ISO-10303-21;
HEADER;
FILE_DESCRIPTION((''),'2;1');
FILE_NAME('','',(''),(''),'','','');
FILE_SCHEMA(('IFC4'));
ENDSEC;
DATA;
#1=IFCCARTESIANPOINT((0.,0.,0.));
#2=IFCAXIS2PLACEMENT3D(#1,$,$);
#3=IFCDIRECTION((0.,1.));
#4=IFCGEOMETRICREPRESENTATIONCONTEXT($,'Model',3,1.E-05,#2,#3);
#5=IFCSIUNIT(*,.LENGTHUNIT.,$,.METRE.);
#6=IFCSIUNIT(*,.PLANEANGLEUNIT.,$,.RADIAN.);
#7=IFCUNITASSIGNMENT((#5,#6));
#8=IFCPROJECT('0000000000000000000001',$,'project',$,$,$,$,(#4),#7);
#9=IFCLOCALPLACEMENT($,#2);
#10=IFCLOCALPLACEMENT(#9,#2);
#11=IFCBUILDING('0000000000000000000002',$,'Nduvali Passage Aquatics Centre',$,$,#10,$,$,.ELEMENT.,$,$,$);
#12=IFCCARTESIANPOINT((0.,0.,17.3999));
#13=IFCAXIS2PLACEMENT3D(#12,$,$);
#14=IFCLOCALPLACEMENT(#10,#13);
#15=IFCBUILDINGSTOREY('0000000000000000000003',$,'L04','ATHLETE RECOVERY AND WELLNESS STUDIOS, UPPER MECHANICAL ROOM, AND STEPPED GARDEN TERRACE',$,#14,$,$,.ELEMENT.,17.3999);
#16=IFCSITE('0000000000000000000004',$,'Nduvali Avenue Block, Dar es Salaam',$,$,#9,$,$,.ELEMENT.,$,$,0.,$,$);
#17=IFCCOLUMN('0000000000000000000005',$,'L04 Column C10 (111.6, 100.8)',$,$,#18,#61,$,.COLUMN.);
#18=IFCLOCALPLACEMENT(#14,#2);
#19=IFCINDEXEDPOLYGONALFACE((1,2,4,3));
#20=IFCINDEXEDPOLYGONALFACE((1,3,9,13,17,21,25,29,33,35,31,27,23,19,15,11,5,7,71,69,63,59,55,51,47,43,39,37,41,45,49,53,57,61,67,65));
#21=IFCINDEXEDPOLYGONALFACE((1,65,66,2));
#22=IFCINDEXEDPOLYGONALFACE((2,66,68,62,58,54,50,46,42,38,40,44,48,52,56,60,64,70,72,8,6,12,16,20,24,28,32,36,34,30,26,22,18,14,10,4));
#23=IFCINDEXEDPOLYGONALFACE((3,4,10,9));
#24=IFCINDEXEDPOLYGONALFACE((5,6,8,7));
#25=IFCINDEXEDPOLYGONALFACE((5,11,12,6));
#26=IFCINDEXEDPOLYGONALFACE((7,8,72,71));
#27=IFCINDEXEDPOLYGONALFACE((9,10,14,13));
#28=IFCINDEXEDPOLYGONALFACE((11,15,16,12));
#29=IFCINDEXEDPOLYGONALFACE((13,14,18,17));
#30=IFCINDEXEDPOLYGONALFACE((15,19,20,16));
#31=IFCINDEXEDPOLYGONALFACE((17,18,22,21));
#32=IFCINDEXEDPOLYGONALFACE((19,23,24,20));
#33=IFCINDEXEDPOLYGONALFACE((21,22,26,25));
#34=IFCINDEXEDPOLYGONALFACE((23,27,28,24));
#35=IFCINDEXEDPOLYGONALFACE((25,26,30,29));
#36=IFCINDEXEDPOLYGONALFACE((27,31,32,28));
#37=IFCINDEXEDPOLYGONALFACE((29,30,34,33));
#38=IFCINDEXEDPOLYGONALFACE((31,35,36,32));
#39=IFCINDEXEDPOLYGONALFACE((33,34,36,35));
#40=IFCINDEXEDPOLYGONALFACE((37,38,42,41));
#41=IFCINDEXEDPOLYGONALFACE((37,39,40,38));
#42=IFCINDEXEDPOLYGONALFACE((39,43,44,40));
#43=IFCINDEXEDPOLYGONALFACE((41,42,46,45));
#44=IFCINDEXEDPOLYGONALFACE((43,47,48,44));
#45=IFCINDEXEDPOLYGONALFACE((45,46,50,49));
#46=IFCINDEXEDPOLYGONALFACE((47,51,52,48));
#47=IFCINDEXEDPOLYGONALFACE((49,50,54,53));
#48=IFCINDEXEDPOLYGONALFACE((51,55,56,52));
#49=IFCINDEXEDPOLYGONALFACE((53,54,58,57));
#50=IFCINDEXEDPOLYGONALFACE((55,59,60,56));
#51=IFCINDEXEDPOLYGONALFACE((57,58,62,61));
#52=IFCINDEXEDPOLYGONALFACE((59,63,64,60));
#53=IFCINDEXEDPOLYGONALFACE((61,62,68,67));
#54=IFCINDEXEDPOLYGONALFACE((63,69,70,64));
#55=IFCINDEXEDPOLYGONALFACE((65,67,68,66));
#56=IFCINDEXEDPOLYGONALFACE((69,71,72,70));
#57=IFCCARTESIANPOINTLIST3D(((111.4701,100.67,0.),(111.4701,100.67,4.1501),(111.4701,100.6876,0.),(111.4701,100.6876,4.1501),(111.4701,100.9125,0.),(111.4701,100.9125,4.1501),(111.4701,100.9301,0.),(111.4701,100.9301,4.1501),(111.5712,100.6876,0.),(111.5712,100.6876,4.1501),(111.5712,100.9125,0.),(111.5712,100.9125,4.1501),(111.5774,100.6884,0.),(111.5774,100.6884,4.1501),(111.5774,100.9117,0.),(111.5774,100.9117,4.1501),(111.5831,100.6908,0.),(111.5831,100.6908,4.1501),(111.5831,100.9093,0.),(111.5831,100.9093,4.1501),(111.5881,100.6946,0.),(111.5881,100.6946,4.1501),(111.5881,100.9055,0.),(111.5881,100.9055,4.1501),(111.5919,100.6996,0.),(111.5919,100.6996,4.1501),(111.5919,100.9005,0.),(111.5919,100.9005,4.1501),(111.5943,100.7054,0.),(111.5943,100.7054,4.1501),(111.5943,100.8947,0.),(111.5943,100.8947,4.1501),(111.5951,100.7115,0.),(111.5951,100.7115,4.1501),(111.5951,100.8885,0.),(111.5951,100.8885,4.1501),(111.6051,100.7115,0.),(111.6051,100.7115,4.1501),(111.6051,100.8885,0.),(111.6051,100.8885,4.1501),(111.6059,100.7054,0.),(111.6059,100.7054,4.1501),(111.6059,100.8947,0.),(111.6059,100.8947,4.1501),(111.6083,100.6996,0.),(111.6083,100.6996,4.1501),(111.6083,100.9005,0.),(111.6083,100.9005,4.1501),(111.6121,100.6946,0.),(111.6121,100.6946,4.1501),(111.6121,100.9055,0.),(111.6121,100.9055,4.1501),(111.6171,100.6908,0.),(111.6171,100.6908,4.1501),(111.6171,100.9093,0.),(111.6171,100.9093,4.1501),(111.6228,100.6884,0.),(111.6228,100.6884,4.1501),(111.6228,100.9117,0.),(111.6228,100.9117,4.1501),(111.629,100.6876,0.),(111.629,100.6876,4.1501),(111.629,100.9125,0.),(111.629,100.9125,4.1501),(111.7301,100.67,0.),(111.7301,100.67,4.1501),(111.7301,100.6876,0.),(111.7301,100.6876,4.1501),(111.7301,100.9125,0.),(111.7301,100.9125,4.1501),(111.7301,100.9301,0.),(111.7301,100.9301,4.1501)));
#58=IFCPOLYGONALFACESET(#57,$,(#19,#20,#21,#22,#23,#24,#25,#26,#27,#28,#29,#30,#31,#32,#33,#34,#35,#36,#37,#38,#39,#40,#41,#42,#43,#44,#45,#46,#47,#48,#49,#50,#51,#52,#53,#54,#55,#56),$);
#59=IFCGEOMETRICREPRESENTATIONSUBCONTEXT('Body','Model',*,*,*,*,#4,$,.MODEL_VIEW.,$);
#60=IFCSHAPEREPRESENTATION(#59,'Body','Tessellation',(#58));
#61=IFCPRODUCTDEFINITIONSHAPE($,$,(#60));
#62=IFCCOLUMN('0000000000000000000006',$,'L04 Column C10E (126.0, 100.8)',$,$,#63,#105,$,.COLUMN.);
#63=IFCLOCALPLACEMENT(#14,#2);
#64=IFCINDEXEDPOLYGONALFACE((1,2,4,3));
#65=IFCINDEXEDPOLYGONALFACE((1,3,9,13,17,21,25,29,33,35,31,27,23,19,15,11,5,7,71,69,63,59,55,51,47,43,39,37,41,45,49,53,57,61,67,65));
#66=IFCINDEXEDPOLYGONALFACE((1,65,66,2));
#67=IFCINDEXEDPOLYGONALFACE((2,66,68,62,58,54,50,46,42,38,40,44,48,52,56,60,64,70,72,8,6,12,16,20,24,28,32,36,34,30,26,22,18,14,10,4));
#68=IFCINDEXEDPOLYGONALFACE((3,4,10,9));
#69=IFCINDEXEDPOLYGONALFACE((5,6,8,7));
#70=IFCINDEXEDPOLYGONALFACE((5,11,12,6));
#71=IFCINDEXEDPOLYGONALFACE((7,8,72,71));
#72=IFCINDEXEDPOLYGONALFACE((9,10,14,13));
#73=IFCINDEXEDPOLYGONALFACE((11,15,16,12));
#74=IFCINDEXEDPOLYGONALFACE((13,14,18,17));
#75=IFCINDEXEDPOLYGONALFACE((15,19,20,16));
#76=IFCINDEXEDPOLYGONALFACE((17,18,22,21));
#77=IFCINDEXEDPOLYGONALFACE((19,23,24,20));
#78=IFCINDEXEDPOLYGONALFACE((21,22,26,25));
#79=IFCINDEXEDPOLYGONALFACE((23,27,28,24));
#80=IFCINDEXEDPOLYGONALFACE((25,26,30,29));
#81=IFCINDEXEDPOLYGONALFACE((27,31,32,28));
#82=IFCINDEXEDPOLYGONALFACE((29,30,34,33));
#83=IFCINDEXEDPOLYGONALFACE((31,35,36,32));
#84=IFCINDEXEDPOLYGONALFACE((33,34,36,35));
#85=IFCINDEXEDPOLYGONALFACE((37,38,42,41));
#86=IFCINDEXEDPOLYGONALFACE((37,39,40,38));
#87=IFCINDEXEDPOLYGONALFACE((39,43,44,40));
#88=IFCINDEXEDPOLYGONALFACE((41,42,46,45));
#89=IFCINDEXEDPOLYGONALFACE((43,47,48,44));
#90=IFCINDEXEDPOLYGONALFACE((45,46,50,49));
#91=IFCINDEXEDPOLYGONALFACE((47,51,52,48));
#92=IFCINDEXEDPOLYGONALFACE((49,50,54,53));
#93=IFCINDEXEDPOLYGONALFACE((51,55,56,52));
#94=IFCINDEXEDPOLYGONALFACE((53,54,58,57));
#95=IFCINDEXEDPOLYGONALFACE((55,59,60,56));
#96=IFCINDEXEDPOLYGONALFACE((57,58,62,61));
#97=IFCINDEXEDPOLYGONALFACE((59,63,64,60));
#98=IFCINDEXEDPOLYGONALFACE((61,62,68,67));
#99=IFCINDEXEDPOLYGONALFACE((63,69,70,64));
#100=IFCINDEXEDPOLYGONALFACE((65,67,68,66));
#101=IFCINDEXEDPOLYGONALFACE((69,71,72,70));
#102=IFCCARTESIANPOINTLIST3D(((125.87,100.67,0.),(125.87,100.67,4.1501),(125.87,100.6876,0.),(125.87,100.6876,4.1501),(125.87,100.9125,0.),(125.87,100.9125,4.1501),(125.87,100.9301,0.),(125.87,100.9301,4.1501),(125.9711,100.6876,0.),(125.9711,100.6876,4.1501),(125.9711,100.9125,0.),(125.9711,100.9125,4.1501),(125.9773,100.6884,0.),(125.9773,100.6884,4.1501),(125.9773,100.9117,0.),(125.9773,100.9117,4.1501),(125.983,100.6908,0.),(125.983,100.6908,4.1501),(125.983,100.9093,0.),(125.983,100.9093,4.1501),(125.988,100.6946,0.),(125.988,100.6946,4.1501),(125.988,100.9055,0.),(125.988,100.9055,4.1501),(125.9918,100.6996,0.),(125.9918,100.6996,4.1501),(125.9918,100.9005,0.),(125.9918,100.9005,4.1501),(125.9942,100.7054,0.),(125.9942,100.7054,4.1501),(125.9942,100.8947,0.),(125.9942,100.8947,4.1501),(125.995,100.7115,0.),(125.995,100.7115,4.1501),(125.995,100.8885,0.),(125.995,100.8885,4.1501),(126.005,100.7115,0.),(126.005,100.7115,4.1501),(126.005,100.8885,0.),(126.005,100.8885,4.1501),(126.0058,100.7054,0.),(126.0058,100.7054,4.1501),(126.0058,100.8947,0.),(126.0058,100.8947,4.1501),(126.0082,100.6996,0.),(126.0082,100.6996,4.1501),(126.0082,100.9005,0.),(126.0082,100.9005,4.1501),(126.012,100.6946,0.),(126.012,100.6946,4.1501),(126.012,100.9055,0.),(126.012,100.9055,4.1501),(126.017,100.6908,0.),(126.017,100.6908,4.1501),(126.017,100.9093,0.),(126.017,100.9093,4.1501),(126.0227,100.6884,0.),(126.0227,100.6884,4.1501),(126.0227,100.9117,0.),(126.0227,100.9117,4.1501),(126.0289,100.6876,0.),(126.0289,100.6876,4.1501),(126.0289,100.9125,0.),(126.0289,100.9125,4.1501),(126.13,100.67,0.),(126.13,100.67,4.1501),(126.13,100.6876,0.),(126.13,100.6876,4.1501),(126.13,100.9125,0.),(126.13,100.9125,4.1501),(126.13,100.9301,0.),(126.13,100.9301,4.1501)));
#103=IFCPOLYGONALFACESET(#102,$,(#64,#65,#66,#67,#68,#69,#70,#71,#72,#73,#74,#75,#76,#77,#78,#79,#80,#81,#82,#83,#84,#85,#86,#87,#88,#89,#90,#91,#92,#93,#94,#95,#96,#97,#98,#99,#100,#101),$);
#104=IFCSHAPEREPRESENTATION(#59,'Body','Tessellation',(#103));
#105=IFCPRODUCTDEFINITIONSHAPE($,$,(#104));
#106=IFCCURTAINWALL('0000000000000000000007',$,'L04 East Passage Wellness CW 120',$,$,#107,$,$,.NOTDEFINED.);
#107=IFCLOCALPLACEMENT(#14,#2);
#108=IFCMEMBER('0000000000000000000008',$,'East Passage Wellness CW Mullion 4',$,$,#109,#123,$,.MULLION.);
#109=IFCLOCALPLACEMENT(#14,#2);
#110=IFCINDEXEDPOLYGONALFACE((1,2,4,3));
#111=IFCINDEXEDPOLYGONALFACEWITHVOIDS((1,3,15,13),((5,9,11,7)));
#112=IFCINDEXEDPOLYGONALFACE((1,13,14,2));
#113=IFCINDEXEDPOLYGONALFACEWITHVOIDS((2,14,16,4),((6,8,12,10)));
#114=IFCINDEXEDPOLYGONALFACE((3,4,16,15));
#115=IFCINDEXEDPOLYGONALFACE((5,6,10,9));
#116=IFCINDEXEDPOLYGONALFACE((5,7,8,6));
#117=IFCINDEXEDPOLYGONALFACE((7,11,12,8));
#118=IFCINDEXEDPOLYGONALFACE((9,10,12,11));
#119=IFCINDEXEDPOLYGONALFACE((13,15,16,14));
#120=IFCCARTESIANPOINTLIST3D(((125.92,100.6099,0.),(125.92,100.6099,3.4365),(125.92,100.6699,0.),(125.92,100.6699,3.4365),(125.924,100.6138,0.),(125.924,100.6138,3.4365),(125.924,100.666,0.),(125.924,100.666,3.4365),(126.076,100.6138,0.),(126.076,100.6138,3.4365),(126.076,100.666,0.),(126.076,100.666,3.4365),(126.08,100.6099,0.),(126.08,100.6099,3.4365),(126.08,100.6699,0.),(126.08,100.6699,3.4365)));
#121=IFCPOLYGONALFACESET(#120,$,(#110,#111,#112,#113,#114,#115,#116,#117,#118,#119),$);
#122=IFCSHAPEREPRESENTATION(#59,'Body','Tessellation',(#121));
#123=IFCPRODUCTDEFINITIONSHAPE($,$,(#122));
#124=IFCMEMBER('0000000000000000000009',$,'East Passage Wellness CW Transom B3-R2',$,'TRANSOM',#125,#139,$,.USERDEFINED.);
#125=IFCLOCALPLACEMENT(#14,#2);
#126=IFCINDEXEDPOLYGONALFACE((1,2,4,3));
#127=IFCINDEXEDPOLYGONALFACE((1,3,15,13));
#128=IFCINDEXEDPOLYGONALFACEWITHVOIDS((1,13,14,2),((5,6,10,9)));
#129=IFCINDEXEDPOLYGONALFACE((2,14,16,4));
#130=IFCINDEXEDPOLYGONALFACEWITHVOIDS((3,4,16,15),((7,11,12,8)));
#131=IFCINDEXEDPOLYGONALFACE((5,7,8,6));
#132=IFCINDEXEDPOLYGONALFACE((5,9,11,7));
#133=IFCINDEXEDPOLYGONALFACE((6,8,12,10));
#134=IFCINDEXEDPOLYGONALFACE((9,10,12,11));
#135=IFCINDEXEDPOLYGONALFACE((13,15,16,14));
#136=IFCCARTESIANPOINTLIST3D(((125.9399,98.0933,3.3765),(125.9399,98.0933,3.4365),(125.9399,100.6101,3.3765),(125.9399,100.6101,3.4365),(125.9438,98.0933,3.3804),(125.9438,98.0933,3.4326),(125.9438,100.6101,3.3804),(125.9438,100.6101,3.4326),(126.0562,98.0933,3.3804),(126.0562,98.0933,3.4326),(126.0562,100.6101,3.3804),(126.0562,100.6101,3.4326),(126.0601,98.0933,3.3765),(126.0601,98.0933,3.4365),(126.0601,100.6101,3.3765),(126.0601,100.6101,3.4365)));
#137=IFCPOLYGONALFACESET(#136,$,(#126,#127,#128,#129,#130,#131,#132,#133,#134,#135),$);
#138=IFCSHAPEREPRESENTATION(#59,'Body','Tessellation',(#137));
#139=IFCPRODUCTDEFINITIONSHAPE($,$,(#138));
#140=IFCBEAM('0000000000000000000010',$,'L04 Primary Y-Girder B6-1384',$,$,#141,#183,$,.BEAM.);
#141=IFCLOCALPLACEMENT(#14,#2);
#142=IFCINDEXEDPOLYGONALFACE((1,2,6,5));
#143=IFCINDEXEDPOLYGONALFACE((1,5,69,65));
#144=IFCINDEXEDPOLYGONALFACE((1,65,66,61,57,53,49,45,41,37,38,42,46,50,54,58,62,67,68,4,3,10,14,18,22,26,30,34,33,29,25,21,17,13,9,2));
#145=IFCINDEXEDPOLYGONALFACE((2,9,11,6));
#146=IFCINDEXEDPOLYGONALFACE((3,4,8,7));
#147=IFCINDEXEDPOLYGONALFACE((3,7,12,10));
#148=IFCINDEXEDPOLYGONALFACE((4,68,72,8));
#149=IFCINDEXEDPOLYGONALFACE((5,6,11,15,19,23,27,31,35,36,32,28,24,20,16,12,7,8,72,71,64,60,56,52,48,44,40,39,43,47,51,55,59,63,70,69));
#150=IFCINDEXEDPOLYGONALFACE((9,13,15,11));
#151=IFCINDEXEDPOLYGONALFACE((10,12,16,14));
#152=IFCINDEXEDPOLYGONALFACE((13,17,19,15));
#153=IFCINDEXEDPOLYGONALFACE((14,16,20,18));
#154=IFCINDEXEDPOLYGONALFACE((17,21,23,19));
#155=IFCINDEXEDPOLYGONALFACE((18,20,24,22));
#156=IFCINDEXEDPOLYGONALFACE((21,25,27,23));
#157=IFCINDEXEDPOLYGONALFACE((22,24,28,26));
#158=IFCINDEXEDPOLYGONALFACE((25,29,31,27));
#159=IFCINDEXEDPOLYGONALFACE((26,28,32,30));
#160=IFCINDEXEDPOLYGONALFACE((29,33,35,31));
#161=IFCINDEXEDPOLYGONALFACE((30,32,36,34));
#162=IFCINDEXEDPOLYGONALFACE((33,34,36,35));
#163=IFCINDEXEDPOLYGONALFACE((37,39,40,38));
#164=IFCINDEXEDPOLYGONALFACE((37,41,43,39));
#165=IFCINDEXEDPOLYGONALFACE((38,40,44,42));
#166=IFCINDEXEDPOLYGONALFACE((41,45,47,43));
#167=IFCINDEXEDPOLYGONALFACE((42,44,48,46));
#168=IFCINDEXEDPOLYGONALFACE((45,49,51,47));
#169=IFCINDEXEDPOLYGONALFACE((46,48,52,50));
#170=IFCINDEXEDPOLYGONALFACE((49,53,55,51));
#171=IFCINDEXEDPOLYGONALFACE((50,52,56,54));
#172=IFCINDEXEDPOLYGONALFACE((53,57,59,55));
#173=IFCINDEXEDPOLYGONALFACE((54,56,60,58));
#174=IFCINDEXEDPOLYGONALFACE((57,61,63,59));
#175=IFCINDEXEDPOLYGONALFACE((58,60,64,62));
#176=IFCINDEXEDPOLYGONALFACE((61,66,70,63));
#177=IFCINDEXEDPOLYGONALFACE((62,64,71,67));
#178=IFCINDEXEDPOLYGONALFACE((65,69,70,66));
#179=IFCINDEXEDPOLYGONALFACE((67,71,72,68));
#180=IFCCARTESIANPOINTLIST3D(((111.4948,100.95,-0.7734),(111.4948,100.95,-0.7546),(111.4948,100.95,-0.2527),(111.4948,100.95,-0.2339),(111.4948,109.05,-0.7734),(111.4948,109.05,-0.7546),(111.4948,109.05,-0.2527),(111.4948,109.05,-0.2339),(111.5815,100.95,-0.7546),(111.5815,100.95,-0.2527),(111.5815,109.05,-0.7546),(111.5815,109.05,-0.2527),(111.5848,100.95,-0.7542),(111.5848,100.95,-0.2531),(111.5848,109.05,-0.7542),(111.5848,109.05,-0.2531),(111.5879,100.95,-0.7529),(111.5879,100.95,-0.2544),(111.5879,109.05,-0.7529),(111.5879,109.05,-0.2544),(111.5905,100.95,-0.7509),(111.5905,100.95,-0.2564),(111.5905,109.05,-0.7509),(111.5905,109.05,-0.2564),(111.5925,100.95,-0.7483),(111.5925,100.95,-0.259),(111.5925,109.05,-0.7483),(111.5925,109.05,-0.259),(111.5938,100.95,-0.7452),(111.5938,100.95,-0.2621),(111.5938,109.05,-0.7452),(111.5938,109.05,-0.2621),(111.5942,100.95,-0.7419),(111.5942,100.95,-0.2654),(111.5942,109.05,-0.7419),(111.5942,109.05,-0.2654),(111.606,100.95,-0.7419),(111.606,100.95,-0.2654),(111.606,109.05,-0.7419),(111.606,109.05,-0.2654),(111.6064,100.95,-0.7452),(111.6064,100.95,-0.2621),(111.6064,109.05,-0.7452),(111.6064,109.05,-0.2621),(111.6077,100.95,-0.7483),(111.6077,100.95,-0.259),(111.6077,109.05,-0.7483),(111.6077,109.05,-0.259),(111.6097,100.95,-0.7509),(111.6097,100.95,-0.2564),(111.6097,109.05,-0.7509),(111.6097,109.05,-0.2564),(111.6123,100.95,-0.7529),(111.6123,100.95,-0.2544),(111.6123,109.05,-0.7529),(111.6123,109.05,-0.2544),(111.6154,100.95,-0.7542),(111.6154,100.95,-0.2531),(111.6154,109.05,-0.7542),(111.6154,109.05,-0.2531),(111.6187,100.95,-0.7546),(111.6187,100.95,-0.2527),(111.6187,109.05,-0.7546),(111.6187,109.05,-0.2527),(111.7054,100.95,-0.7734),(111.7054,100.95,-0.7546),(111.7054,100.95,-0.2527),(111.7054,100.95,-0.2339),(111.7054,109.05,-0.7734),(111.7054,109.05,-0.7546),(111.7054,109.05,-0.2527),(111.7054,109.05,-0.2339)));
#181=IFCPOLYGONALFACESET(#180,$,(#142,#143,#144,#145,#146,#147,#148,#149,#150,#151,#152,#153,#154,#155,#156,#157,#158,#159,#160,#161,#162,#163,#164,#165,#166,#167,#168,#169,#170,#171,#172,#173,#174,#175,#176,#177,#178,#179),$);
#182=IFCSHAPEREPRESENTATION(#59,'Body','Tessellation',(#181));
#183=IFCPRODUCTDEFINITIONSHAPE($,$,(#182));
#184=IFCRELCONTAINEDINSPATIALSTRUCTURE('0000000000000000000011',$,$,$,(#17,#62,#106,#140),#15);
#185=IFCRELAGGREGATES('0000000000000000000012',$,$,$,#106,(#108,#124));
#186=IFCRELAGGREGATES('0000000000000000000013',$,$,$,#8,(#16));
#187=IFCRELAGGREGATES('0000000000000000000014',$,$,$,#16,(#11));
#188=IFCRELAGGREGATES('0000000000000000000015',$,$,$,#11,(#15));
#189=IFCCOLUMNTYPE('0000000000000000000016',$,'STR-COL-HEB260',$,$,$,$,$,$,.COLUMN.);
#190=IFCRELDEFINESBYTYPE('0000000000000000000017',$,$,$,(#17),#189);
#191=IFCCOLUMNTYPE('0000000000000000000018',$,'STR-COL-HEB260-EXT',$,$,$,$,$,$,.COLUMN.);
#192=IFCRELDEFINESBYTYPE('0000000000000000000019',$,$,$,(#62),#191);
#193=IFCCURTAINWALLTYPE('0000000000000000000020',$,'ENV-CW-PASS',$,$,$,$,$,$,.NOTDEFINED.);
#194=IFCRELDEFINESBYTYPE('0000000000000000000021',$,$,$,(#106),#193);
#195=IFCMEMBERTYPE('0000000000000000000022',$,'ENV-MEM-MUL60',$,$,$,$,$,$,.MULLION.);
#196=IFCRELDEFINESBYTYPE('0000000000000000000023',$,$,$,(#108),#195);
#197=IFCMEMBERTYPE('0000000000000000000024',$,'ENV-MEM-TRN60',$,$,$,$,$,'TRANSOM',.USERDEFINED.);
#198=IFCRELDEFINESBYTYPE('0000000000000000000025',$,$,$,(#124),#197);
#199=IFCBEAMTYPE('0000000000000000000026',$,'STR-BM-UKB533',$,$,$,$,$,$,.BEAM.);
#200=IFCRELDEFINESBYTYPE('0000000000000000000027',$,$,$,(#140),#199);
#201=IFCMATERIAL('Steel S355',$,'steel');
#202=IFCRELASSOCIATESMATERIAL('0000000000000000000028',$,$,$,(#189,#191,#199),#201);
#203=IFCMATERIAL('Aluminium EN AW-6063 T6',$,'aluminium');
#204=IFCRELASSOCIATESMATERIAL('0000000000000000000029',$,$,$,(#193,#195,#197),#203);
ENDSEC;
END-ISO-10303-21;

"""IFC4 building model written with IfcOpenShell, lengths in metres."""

from ifc_helpers import new_model, si_unit, direction, frame, origin, origin_2d, place, context, subcontext, project, spatial, hollow_rectangle, i_section, extrude, material, material_profile, profile_set, type_object, element, aggregate, save


model = new_model("IFC4")

# Units and contexts
model_context = context("Model", 3, precision=1e-05, world=origin(), true_north=direction((0.0, 1.0)))
body_context = subcontext(model_context, "Body", "Model", "MODEL_VIEW")
ifc_project = project(units=[si_unit("LENGTHUNIT", "METRE"), si_unit("PLANEANGLEUNIT", "RADIAN")], contexts=[model_context])

# Site, building, storey
site_placement = place(None, origin())
site = spatial("IfcSite", under=ifc_project, at=site_placement, Name="Nduvali Avenue Block, Dar es Salaam", CompositionType="ELEMENT", RefElevation=0.0)
building_placement = place(site_placement, origin())
building = spatial("IfcBuilding", under=site, at=building_placement, Name="Nduvali Passage Aquatics Centre", CompositionType="ELEMENT")
storey_placement = place(building_placement, frame((0.0, 0.0, 17.3999)))
storey = spatial("IfcBuildingStorey", under=building, at=storey_placement, Name="L04", Description="ATHLETE RECOVERY AND WELLNESS STUDIOS, UPPER MECHANICAL ROOM, AND STEPPED GARDEN TERRACE", CompositionType="ELEMENT", Elevation=17.3999)

# Columns
ifc_material_1 = material(Name="Steel S355", Category="steel")
ifc_material_profile_1 = material_profile(ifc_material_1, i_section(OverallWidth=0.26, OverallDepth=0.26, WebThickness=0.01, FlangeThickness=0.0176, FilletRadius=0.0239, at=origin_2d()), Name="HEB 260")
ifc_profile_set_1 = profile_set([ifc_material_profile_1], Name="Steel S355")
column_type_1 = type_object("IfcColumnType", Name="STR-COL-HEB260", PredefinedType="COLUMN", material=ifc_profile_set_1)
column_1_placement = place(storey_placement, frame((111.6001, 100.8, 0.0), z_axis=(0.0, 0.0, 1.0), x_axis=(1.0, 0.0, 0.0)))
element("IfcColumn", 1, at=column_1_placement, inside=storey, type_object=column_type_1, Name="L04 Column C10 (111.6, 100.8)", PredefinedType="COLUMN", context=body_context, shape_type="SweptSolid", body=[
    extrude(i_section(OverallWidth=0.26, OverallDepth=0.26, WebThickness=0.01, FlangeThickness=0.0176, FilletRadius=0.0239, at=origin_2d()), origin(), (0.0, 0.0, 1.0), 4.1501),
])
ifc_material_profile_2 = material_profile(ifc_material_1, i_section(OverallWidth=0.26, OverallDepth=0.26, WebThickness=0.01, FlangeThickness=0.0176, FilletRadius=0.0239, at=origin_2d()), Name="HEB 260")
ifc_profile_set_2 = profile_set([ifc_material_profile_2], Name="Steel S355")
column_type_2 = type_object("IfcColumnType", Name="STR-COL-HEB260-EXT", PredefinedType="COLUMN", material=ifc_profile_set_2)
column_2_placement = place(storey_placement, frame((126.0, 100.8, 0.0), z_axis=(0.0, 0.0, 1.0), x_axis=(1.0, 0.0, 0.0)))
element("IfcColumn", 2, at=column_2_placement, inside=storey, type_object=column_type_2, Name="L04 Column C10E (126.0, 100.8)", PredefinedType="COLUMN", context=body_context, shape_type="SweptSolid", body=[
    extrude(i_section(OverallWidth=0.26, OverallDepth=0.26, WebThickness=0.01, FlangeThickness=0.0176, FilletRadius=0.0239, at=origin_2d()), origin(), (0.0, 0.0, 1.0), 4.1501),
])

# Curtain wall, members
ifc_material_2 = material(Name="Aluminium EN AW-6063 T6", Category="aluminium")
curtain_wall_type = type_object("IfcCurtainWallType", Name="ENV-CW-PASS", PredefinedType="NOTDEFINED", material=ifc_material_2)
curtain_wall_placement = place(storey_placement, origin())
curtain_wall = element("IfcCurtainWall", 3, at=curtain_wall_placement, inside=storey, type_object=curtain_wall_type, Name="L04 East Passage Wellness CW 120", PredefinedType="NOTDEFINED")
ifc_material_profile_3 = material_profile(ifc_material_2, hollow_rectangle(XDim=0.0601, YDim=0.1599, WallThickness=0.0039, at=origin_2d()), Name="ALU MULLION 60x160x4")
ifc_profile_set_3 = profile_set([ifc_material_profile_3], Name="Aluminium EN AW-6063 T6")
member_type_1 = type_object("IfcMemberType", Name="ENV-MEM-MUL60", PredefinedType="MULLION", material=ifc_profile_set_3)
member_1_placement = place(storey_placement, frame((126.0, 100.6399, 0.0), z_axis=(0.0, 0.0, 1.0), x_axis=(0.0, 1.0, 0.0)))
member_1 = element("IfcMember", 4, at=member_1_placement, type_object=member_type_1, Name="East Passage Wellness CW Mullion 4", PredefinedType="MULLION", context=body_context, shape_type="SweptSolid", body=[
    extrude(hollow_rectangle(XDim=0.0601, YDim=0.1599, WallThickness=0.0039, at=origin_2d()), origin(), (0.0, 0.0, 1.0), 3.4365),
])
ifc_material_profile_4 = material_profile(ifc_material_2, hollow_rectangle(XDim=0.1201, YDim=0.0601, WallThickness=0.0039, at=origin_2d()), Name="ALU TRANSOM 120x60x4")
ifc_profile_set_4 = profile_set([ifc_material_profile_4], Name="Aluminium EN AW-6063 T6")
member_type_2 = type_object("IfcMemberType", Name="ENV-MEM-TRN60", ElementType="TRANSOM", PredefinedType="USERDEFINED", material=ifc_profile_set_4)
member_2_placement = place(storey_placement, frame((126.0, 98.0933, 3.4065), z_axis=(0.0, 1.0, 0.0), x_axis=(-1.0, 0.0, 0.0)))
member_2 = element("IfcMember", 5, at=member_2_placement, type_object=member_type_2, Name="East Passage Wellness CW Transom B3-R2", ObjectType="TRANSOM", PredefinedType="USERDEFINED", context=body_context, shape_type="SweptSolid", body=[
    extrude(hollow_rectangle(XDim=0.1201, YDim=0.0601, WallThickness=0.0039, at=origin_2d()), origin(), (0.0, 0.0, 1.0), 2.5168),
])

# Beam
ifc_material_profile_5 = material_profile(ifc_material_1, i_section(OverallWidth=0.2107, OverallDepth=0.5396, WebThickness=0.0117, FlangeThickness=0.0188, FilletRadius=0.0127, at=origin_2d()), Name="UKB 533x210x109")
ifc_profile_set_5 = profile_set([ifc_material_profile_5], Name="Steel S355")
beam_type_1 = type_object("IfcBeamType", Name="STR-BM-UKB533", PredefinedType="BEAM", material=ifc_profile_set_5)
beam_1_placement = place(storey_placement, frame((111.6001, 100.95, -0.5037), z_axis=(0.0, 1.0, 0.0), x_axis=(-1.0, 0.0, 0.0)))
element("IfcBeam", 6, at=beam_1_placement, inside=storey, type_object=beam_type_1, Name="L04 Primary Y-Girder B6-1384", PredefinedType="BEAM", context=body_context, shape_type="SweptSolid", body=[
    extrude(i_section(OverallWidth=0.2107, OverallDepth=0.5396, WebThickness=0.0117, FlangeThickness=0.0188, FilletRadius=0.0127, at=origin_2d()), origin(), (0.0, 0.0, 1.0), 8.1001),
])

aggregate(curtain_wall, [member_1, member_2])

save(model, "model.ifc")
